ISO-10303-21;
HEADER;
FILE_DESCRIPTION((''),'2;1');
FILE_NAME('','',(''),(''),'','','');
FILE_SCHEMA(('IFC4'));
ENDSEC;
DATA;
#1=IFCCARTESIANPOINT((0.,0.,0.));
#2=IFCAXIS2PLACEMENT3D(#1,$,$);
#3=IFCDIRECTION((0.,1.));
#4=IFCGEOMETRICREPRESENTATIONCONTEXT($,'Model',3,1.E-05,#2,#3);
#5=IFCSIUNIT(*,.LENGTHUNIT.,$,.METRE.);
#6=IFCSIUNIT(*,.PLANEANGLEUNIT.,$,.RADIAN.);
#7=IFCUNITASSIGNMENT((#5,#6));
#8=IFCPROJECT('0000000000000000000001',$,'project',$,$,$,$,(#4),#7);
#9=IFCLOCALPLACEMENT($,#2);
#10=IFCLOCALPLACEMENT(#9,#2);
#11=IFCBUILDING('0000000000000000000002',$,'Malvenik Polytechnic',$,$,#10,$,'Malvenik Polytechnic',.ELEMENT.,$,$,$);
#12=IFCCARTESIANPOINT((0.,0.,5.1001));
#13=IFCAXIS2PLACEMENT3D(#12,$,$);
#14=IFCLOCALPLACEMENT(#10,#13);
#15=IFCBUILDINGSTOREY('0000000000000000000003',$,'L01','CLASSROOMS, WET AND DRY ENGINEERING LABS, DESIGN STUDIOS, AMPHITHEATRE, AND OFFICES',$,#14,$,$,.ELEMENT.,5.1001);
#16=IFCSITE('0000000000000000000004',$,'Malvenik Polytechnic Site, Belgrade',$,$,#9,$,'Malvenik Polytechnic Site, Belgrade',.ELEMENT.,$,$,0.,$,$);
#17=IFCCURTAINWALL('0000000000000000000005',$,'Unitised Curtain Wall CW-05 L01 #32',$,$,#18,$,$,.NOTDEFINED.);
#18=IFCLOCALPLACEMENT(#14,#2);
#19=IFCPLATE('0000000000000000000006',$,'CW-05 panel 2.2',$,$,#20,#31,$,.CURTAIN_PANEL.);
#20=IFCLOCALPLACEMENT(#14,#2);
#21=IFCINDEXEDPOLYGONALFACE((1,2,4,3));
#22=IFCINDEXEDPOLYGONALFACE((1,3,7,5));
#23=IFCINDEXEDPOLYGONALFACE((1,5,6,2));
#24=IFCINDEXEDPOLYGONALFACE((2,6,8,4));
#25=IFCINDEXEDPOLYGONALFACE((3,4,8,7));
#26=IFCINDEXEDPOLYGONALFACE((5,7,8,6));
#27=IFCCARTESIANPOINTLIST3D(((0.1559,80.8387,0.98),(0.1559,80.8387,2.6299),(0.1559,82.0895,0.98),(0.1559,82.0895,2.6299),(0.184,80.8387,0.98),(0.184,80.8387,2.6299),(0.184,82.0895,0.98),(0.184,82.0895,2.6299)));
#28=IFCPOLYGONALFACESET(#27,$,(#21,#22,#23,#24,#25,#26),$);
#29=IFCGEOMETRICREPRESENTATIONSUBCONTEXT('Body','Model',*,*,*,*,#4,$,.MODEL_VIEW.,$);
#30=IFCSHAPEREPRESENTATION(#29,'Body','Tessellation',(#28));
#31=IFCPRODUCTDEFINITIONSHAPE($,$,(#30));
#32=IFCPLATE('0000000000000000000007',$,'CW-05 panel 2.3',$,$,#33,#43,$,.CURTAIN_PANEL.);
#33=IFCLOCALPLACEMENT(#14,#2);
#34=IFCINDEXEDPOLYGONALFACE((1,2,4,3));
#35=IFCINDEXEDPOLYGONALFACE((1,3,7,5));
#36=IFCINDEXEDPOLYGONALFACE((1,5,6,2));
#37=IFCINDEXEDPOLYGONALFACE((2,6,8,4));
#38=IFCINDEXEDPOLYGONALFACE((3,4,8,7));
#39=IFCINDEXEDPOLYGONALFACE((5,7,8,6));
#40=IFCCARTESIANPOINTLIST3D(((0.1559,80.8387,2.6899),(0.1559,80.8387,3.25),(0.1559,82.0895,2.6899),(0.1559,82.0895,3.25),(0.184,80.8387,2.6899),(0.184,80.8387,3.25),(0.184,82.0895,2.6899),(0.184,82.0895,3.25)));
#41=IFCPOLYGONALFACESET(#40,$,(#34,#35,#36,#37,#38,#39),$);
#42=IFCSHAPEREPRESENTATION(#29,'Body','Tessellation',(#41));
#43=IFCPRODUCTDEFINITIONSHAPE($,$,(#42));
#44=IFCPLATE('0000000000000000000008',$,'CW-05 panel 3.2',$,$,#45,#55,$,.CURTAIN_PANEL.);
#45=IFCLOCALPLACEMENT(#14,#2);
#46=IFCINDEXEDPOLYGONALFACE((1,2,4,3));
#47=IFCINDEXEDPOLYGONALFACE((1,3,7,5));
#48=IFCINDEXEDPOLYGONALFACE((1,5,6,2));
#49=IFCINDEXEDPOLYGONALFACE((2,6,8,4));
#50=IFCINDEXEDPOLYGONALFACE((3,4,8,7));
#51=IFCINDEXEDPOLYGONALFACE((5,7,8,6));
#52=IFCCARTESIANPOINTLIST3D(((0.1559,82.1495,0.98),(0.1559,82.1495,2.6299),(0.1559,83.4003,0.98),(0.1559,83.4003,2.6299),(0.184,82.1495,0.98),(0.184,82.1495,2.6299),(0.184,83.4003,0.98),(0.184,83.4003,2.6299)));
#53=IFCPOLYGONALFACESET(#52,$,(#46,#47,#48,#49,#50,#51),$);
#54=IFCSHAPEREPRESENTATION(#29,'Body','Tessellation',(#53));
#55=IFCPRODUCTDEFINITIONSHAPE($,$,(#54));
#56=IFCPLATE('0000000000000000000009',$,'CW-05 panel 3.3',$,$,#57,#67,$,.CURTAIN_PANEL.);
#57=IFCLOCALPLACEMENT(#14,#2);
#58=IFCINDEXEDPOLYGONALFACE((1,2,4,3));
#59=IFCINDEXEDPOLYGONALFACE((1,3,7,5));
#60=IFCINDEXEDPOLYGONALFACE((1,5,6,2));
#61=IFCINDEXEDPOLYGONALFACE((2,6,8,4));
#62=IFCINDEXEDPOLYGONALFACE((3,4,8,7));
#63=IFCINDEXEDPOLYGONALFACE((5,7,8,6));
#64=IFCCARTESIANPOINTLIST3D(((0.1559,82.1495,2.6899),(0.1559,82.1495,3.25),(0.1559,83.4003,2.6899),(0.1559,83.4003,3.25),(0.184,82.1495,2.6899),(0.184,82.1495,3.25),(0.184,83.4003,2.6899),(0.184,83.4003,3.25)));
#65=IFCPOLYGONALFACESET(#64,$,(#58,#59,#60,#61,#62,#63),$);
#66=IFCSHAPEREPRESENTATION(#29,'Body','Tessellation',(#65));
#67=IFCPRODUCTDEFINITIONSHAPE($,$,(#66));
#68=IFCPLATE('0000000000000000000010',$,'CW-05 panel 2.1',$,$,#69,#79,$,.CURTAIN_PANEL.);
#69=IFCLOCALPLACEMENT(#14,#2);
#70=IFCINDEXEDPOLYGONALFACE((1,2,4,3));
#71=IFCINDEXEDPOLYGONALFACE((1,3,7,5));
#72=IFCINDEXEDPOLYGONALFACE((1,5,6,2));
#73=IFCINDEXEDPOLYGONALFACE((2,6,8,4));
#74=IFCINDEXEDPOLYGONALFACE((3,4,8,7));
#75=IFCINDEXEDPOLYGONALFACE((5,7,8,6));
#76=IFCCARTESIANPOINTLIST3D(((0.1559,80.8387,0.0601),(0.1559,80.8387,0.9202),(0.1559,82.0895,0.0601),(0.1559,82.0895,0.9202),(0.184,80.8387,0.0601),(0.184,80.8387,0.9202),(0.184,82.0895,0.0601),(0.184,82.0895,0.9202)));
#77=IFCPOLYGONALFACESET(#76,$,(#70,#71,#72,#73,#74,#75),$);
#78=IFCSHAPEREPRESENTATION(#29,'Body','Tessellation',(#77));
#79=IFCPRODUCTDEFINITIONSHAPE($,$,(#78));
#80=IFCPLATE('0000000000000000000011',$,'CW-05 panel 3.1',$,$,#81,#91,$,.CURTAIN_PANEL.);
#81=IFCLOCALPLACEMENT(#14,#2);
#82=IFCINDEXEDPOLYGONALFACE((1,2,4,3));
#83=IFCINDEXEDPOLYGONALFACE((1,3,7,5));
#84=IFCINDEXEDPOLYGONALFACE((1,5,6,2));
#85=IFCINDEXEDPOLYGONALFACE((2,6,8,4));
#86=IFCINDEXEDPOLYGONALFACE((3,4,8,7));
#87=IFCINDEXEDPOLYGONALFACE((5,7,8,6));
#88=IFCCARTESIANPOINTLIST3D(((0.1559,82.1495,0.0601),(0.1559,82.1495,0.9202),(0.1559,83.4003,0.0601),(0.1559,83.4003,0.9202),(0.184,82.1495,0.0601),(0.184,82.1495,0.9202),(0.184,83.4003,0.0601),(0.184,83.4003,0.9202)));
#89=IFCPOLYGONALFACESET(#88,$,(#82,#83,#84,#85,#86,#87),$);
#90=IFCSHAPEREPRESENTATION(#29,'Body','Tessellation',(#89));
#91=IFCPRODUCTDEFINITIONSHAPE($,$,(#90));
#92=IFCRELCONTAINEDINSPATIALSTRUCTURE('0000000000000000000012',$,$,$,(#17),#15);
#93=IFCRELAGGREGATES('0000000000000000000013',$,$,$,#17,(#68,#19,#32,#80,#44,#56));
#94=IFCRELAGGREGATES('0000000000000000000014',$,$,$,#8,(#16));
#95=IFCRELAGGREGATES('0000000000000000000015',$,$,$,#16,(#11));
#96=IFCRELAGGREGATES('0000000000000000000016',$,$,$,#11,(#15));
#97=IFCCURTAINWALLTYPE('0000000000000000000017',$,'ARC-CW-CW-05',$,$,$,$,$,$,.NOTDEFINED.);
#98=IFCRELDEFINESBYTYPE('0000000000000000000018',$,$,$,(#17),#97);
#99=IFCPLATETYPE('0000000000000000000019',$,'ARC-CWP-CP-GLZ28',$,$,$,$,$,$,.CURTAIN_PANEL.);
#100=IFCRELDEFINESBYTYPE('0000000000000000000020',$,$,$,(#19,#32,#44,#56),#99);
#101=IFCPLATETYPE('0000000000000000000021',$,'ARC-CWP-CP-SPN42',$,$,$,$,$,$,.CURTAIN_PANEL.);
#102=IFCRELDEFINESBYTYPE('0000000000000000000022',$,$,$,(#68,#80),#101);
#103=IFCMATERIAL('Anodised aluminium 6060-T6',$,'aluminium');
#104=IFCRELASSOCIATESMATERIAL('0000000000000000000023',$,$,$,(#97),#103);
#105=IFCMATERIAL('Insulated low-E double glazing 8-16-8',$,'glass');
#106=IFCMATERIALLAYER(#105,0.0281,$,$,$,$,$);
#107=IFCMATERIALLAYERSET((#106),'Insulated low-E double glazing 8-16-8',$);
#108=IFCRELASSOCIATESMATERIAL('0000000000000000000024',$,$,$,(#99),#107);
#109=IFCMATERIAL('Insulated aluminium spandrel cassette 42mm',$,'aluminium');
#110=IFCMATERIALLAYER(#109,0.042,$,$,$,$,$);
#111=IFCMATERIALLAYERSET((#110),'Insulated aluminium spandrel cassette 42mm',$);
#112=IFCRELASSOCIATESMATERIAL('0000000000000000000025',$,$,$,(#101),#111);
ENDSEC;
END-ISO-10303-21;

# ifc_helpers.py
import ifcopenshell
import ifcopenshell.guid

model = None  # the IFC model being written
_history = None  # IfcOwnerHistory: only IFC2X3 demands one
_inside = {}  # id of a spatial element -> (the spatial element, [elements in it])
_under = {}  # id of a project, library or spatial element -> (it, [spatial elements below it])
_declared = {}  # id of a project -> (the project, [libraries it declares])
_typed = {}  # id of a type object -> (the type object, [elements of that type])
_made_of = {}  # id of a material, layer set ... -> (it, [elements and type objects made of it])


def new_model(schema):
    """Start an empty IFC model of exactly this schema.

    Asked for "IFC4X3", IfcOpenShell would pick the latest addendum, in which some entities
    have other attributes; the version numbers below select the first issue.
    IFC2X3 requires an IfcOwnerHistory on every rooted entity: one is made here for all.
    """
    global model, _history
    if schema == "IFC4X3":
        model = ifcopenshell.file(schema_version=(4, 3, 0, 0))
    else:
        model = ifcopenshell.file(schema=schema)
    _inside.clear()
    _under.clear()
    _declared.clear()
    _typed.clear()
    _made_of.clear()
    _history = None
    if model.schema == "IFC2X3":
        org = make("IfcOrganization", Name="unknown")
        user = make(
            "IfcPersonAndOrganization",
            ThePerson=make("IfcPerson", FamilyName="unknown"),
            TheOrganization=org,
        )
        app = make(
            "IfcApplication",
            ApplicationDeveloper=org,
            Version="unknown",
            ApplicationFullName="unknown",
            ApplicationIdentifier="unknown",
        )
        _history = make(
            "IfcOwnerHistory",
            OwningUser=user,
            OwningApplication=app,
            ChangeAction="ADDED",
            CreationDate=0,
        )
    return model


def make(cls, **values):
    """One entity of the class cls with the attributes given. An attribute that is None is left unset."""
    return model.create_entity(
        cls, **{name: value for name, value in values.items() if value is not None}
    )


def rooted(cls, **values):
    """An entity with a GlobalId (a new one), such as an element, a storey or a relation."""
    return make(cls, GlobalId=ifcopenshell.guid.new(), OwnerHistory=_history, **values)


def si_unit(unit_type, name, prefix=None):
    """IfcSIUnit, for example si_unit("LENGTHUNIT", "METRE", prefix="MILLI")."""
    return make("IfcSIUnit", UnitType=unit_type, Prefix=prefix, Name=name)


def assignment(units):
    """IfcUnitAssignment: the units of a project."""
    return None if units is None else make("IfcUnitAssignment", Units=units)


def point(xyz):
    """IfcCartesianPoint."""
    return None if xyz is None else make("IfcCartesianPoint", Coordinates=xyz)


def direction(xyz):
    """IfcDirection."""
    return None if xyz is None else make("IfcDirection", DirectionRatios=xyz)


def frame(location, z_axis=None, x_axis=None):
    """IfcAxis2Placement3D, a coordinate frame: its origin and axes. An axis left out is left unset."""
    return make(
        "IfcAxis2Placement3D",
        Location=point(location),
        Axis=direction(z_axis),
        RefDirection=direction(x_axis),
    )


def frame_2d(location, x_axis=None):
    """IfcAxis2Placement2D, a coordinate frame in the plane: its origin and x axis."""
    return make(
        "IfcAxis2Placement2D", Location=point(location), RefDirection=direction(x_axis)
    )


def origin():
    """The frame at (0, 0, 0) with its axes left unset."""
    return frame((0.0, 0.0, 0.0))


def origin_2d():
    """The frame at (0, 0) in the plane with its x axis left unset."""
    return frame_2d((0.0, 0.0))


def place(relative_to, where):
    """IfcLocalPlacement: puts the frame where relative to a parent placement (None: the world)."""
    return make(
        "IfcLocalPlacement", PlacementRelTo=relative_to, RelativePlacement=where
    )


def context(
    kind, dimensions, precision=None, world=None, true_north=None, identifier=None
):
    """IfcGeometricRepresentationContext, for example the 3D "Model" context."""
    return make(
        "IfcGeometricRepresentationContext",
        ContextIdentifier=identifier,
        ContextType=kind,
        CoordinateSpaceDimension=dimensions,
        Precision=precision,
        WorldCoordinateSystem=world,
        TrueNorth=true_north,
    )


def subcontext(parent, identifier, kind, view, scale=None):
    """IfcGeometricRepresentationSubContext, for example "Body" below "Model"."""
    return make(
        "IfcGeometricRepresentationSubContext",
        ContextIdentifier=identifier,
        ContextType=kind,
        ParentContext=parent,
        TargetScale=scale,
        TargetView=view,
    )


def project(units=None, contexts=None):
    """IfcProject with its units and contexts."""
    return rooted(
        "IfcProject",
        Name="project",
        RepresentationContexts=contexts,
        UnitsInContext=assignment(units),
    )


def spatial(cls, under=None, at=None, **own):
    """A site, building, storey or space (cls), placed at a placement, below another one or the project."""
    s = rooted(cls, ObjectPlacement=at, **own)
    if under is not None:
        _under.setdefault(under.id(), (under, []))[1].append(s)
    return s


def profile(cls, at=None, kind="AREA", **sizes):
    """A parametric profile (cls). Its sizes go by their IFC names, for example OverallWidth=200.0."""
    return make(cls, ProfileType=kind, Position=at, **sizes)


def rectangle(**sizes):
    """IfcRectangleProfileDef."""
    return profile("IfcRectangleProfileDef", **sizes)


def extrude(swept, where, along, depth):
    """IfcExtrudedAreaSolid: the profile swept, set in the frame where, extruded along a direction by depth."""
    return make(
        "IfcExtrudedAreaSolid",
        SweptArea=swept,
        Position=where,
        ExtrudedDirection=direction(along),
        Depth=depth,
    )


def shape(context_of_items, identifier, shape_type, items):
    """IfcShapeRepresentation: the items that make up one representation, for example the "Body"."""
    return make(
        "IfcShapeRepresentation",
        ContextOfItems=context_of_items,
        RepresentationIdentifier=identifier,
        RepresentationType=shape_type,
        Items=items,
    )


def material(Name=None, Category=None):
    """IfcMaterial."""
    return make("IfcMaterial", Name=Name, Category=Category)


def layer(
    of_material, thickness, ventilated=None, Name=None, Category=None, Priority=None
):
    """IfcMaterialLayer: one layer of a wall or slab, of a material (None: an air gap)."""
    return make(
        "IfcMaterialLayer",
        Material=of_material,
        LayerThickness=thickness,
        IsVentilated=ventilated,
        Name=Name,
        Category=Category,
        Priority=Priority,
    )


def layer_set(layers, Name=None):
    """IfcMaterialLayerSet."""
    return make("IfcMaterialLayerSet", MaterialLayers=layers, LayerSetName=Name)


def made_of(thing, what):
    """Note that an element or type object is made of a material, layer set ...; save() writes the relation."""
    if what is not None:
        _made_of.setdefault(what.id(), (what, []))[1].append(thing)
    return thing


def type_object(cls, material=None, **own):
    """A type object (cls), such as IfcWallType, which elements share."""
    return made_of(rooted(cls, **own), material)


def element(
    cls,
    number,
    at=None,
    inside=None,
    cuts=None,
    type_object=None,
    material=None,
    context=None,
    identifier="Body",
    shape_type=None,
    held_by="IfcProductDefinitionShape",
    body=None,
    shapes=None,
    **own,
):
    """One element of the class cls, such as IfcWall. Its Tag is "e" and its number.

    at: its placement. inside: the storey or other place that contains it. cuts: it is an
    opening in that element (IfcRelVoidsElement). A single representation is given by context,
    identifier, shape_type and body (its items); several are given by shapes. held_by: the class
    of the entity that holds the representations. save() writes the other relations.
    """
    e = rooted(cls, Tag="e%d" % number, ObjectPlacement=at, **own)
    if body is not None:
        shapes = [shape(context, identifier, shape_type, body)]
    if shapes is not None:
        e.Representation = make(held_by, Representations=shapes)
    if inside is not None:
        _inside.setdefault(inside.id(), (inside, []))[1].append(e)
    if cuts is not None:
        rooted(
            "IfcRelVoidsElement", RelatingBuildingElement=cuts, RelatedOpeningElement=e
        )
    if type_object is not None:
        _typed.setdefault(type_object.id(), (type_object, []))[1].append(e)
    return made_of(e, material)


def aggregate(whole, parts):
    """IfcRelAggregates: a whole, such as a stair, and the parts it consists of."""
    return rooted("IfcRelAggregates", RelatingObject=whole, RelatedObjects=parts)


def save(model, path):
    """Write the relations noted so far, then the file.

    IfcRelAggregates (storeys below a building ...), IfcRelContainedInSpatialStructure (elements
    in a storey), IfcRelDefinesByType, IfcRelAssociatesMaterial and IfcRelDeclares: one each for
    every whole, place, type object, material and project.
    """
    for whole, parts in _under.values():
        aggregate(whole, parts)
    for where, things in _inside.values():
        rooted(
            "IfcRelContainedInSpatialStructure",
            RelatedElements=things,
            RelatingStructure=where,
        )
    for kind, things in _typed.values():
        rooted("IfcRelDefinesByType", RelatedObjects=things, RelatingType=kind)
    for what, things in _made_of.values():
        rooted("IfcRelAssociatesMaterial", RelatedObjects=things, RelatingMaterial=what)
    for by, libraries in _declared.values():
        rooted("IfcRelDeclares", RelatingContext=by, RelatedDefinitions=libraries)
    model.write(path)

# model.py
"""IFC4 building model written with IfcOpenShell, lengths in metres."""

from ifc_helpers import new_model, si_unit, direction, frame, origin, origin_2d, place, context, subcontext, project, spatial, rectangle, extrude, material, layer, layer_set, type_object, element, aggregate, save


model = new_model("IFC4")

# Units and contexts
model_context = context("Model", 3, precision=1e-05, world=origin(), true_north=direction((0.0, 1.0)))
body_context = subcontext(model_context, "Body", "Model", "MODEL_VIEW")
ifc_project = project(units=[si_unit("LENGTHUNIT", "METRE"), si_unit("PLANEANGLEUNIT", "RADIAN")], contexts=[model_context])

# Site, building, storey
site_placement = place(None, origin())
site = spatial("IfcSite", under=ifc_project, at=site_placement, Name="Malvenik Polytechnic Site, Belgrade", LongName="Malvenik Polytechnic Site, Belgrade", CompositionType="ELEMENT", RefElevation=0.0)
building_placement = place(site_placement, origin())
building = spatial("IfcBuilding", under=site, at=building_placement, Name="Malvenik Polytechnic", LongName="Malvenik Polytechnic", CompositionType="ELEMENT")
storey_placement = place(building_placement, frame((0.0, 0.0, 5.1001)))
storey = spatial("IfcBuildingStorey", under=building, at=storey_placement, Name="L01", Description="CLASSROOMS, WET AND DRY ENGINEERING LABS, DESIGN STUDIOS, AMPHITHEATRE, AND OFFICES", CompositionType="ELEMENT", Elevation=5.1001)

# Curtain wall, plates
ifc_material_1 = material(Name="Anodised aluminium 6060-T6", Category="aluminium")
curtain_wall_type = type_object("IfcCurtainWallType", Name="ARC-CW-CW-05", PredefinedType="NOTDEFINED", material=ifc_material_1)
curtain_wall_placement = place(storey_placement, origin())
curtain_wall = element("IfcCurtainWall", 1, at=curtain_wall_placement, inside=storey, type_object=curtain_wall_type, Name="Unitised Curtain Wall CW-05 L01 #32", PredefinedType="NOTDEFINED")
ifc_material_2 = material(Name="Insulated low-E double glazing 8-16-8", Category="glass")
ifc_layer_1 = layer(ifc_material_2, 0.0281)
ifc_layer_set_1 = layer_set([ifc_layer_1], Name="Insulated low-E double glazing 8-16-8")
plate_type_1 = type_object("IfcPlateType", Name="ARC-CWP-CP-GLZ28", PredefinedType="CURTAIN_PANEL", material=ifc_layer_set_1)
plate_1_placement = place(storey_placement, frame((0.1699, 81.4641, 0.98), z_axis=(0.0, 0.0, 1.0), x_axis=(0.0, 1.0, 0.0)))
plate_1 = element("IfcPlate", 2, at=plate_1_placement, type_object=plate_type_1, Name="CW-05 panel 2.2", PredefinedType="CURTAIN_PANEL", context=body_context, shape_type="SweptSolid", body=[
    extrude(rectangle(XDim=1.2507, YDim=0.0281, at=origin_2d()), origin(), (0.0, 0.0, 1.0), 1.6499),
])
plate_2_placement = place(storey_placement, frame((0.1699, 81.4641, 2.6899), z_axis=(0.0, 0.0, 1.0), x_axis=(0.0, 1.0, 0.0)))
plate_2 = element("IfcPlate", 3, at=plate_2_placement, type_object=plate_type_1, Name="CW-05 panel 2.3", PredefinedType="CURTAIN_PANEL", context=body_context, shape_type="SweptSolid", body=[
    extrude(rectangle(XDim=1.2507, YDim=0.0281, at=origin_2d()), origin(), (0.0, 0.0, 1.0), 0.5601),
])
plate_3_placement = place(storey_placement, frame((0.1699, 82.7749, 0.98), z_axis=(0.0, 0.0, 1.0), x_axis=(0.0, 1.0, 0.0)))
plate_3 = element("IfcPlate", 4, at=plate_3_placement, type_object=plate_type_1, Name="CW-05 panel 3.2", PredefinedType="CURTAIN_PANEL", context=body_context, shape_type="SweptSolid", body=[
    extrude(rectangle(XDim=1.2507, YDim=0.0281, at=origin_2d()), origin(), (0.0, 0.0, 1.0), 1.6499),
])
plate_4_placement = place(storey_placement, frame((0.1699, 82.7749, 2.6899), z_axis=(0.0, 0.0, 1.0), x_axis=(0.0, 1.0, 0.0)))
plate_4 = element("IfcPlate", 5, at=plate_4_placement, type_object=plate_type_1, Name="CW-05 panel 3.3", PredefinedType="CURTAIN_PANEL", context=body_context, shape_type="SweptSolid", body=[
    extrude(rectangle(XDim=1.2507, YDim=0.0281, at=origin_2d()), origin(), (0.0, 0.0, 1.0), 0.5601),
])
ifc_material_3 = material(Name="Insulated aluminium spandrel cassette 42mm", Category="aluminium")
ifc_layer_2 = layer(ifc_material_3, 0.042)
ifc_layer_set_2 = layer_set([ifc_layer_2], Name="Insulated aluminium spandrel cassette 42mm")
plate_type_2 = type_object("IfcPlateType", Name="ARC-CWP-CP-SPN42", PredefinedType="CURTAIN_PANEL", material=ifc_layer_set_2)
plate_5_placement = place(storey_placement, frame((0.1699, 81.4641, 0.0601), z_axis=(0.0, 0.0, 1.0), x_axis=(0.0, 1.0, 0.0)))
plate_5 = element("IfcPlate", 6, at=plate_5_placement, type_object=plate_type_2, Name="CW-05 panel 2.1", PredefinedType="CURTAIN_PANEL", context=body_context, shape_type="SweptSolid", body=[
    extrude(rectangle(XDim=1.2507, YDim=0.0281, at=origin_2d()), origin(), (0.0, 0.0, 1.0), 0.8601),
])
plate_6_placement = place(storey_placement, frame((0.1699, 82.7749, 0.0601), z_axis=(0.0, 0.0, 1.0), x_axis=(0.0, 1.0, 0.0)))
plate_6 = element("IfcPlate", 7, at=plate_6_placement, type_object=plate_type_2, Name="CW-05 panel 3.1", PredefinedType="CURTAIN_PANEL", context=body_context, shape_type="SweptSolid", body=[
    extrude(rectangle(XDim=1.2507, YDim=0.0281, at=origin_2d()), origin(), (0.0, 0.0, 1.0), 0.8601),
])
aggregate(curtain_wall, [plate_5, plate_1, plate_2, plate_6, plate_3, plate_4])

save(model, "model.ifc")
